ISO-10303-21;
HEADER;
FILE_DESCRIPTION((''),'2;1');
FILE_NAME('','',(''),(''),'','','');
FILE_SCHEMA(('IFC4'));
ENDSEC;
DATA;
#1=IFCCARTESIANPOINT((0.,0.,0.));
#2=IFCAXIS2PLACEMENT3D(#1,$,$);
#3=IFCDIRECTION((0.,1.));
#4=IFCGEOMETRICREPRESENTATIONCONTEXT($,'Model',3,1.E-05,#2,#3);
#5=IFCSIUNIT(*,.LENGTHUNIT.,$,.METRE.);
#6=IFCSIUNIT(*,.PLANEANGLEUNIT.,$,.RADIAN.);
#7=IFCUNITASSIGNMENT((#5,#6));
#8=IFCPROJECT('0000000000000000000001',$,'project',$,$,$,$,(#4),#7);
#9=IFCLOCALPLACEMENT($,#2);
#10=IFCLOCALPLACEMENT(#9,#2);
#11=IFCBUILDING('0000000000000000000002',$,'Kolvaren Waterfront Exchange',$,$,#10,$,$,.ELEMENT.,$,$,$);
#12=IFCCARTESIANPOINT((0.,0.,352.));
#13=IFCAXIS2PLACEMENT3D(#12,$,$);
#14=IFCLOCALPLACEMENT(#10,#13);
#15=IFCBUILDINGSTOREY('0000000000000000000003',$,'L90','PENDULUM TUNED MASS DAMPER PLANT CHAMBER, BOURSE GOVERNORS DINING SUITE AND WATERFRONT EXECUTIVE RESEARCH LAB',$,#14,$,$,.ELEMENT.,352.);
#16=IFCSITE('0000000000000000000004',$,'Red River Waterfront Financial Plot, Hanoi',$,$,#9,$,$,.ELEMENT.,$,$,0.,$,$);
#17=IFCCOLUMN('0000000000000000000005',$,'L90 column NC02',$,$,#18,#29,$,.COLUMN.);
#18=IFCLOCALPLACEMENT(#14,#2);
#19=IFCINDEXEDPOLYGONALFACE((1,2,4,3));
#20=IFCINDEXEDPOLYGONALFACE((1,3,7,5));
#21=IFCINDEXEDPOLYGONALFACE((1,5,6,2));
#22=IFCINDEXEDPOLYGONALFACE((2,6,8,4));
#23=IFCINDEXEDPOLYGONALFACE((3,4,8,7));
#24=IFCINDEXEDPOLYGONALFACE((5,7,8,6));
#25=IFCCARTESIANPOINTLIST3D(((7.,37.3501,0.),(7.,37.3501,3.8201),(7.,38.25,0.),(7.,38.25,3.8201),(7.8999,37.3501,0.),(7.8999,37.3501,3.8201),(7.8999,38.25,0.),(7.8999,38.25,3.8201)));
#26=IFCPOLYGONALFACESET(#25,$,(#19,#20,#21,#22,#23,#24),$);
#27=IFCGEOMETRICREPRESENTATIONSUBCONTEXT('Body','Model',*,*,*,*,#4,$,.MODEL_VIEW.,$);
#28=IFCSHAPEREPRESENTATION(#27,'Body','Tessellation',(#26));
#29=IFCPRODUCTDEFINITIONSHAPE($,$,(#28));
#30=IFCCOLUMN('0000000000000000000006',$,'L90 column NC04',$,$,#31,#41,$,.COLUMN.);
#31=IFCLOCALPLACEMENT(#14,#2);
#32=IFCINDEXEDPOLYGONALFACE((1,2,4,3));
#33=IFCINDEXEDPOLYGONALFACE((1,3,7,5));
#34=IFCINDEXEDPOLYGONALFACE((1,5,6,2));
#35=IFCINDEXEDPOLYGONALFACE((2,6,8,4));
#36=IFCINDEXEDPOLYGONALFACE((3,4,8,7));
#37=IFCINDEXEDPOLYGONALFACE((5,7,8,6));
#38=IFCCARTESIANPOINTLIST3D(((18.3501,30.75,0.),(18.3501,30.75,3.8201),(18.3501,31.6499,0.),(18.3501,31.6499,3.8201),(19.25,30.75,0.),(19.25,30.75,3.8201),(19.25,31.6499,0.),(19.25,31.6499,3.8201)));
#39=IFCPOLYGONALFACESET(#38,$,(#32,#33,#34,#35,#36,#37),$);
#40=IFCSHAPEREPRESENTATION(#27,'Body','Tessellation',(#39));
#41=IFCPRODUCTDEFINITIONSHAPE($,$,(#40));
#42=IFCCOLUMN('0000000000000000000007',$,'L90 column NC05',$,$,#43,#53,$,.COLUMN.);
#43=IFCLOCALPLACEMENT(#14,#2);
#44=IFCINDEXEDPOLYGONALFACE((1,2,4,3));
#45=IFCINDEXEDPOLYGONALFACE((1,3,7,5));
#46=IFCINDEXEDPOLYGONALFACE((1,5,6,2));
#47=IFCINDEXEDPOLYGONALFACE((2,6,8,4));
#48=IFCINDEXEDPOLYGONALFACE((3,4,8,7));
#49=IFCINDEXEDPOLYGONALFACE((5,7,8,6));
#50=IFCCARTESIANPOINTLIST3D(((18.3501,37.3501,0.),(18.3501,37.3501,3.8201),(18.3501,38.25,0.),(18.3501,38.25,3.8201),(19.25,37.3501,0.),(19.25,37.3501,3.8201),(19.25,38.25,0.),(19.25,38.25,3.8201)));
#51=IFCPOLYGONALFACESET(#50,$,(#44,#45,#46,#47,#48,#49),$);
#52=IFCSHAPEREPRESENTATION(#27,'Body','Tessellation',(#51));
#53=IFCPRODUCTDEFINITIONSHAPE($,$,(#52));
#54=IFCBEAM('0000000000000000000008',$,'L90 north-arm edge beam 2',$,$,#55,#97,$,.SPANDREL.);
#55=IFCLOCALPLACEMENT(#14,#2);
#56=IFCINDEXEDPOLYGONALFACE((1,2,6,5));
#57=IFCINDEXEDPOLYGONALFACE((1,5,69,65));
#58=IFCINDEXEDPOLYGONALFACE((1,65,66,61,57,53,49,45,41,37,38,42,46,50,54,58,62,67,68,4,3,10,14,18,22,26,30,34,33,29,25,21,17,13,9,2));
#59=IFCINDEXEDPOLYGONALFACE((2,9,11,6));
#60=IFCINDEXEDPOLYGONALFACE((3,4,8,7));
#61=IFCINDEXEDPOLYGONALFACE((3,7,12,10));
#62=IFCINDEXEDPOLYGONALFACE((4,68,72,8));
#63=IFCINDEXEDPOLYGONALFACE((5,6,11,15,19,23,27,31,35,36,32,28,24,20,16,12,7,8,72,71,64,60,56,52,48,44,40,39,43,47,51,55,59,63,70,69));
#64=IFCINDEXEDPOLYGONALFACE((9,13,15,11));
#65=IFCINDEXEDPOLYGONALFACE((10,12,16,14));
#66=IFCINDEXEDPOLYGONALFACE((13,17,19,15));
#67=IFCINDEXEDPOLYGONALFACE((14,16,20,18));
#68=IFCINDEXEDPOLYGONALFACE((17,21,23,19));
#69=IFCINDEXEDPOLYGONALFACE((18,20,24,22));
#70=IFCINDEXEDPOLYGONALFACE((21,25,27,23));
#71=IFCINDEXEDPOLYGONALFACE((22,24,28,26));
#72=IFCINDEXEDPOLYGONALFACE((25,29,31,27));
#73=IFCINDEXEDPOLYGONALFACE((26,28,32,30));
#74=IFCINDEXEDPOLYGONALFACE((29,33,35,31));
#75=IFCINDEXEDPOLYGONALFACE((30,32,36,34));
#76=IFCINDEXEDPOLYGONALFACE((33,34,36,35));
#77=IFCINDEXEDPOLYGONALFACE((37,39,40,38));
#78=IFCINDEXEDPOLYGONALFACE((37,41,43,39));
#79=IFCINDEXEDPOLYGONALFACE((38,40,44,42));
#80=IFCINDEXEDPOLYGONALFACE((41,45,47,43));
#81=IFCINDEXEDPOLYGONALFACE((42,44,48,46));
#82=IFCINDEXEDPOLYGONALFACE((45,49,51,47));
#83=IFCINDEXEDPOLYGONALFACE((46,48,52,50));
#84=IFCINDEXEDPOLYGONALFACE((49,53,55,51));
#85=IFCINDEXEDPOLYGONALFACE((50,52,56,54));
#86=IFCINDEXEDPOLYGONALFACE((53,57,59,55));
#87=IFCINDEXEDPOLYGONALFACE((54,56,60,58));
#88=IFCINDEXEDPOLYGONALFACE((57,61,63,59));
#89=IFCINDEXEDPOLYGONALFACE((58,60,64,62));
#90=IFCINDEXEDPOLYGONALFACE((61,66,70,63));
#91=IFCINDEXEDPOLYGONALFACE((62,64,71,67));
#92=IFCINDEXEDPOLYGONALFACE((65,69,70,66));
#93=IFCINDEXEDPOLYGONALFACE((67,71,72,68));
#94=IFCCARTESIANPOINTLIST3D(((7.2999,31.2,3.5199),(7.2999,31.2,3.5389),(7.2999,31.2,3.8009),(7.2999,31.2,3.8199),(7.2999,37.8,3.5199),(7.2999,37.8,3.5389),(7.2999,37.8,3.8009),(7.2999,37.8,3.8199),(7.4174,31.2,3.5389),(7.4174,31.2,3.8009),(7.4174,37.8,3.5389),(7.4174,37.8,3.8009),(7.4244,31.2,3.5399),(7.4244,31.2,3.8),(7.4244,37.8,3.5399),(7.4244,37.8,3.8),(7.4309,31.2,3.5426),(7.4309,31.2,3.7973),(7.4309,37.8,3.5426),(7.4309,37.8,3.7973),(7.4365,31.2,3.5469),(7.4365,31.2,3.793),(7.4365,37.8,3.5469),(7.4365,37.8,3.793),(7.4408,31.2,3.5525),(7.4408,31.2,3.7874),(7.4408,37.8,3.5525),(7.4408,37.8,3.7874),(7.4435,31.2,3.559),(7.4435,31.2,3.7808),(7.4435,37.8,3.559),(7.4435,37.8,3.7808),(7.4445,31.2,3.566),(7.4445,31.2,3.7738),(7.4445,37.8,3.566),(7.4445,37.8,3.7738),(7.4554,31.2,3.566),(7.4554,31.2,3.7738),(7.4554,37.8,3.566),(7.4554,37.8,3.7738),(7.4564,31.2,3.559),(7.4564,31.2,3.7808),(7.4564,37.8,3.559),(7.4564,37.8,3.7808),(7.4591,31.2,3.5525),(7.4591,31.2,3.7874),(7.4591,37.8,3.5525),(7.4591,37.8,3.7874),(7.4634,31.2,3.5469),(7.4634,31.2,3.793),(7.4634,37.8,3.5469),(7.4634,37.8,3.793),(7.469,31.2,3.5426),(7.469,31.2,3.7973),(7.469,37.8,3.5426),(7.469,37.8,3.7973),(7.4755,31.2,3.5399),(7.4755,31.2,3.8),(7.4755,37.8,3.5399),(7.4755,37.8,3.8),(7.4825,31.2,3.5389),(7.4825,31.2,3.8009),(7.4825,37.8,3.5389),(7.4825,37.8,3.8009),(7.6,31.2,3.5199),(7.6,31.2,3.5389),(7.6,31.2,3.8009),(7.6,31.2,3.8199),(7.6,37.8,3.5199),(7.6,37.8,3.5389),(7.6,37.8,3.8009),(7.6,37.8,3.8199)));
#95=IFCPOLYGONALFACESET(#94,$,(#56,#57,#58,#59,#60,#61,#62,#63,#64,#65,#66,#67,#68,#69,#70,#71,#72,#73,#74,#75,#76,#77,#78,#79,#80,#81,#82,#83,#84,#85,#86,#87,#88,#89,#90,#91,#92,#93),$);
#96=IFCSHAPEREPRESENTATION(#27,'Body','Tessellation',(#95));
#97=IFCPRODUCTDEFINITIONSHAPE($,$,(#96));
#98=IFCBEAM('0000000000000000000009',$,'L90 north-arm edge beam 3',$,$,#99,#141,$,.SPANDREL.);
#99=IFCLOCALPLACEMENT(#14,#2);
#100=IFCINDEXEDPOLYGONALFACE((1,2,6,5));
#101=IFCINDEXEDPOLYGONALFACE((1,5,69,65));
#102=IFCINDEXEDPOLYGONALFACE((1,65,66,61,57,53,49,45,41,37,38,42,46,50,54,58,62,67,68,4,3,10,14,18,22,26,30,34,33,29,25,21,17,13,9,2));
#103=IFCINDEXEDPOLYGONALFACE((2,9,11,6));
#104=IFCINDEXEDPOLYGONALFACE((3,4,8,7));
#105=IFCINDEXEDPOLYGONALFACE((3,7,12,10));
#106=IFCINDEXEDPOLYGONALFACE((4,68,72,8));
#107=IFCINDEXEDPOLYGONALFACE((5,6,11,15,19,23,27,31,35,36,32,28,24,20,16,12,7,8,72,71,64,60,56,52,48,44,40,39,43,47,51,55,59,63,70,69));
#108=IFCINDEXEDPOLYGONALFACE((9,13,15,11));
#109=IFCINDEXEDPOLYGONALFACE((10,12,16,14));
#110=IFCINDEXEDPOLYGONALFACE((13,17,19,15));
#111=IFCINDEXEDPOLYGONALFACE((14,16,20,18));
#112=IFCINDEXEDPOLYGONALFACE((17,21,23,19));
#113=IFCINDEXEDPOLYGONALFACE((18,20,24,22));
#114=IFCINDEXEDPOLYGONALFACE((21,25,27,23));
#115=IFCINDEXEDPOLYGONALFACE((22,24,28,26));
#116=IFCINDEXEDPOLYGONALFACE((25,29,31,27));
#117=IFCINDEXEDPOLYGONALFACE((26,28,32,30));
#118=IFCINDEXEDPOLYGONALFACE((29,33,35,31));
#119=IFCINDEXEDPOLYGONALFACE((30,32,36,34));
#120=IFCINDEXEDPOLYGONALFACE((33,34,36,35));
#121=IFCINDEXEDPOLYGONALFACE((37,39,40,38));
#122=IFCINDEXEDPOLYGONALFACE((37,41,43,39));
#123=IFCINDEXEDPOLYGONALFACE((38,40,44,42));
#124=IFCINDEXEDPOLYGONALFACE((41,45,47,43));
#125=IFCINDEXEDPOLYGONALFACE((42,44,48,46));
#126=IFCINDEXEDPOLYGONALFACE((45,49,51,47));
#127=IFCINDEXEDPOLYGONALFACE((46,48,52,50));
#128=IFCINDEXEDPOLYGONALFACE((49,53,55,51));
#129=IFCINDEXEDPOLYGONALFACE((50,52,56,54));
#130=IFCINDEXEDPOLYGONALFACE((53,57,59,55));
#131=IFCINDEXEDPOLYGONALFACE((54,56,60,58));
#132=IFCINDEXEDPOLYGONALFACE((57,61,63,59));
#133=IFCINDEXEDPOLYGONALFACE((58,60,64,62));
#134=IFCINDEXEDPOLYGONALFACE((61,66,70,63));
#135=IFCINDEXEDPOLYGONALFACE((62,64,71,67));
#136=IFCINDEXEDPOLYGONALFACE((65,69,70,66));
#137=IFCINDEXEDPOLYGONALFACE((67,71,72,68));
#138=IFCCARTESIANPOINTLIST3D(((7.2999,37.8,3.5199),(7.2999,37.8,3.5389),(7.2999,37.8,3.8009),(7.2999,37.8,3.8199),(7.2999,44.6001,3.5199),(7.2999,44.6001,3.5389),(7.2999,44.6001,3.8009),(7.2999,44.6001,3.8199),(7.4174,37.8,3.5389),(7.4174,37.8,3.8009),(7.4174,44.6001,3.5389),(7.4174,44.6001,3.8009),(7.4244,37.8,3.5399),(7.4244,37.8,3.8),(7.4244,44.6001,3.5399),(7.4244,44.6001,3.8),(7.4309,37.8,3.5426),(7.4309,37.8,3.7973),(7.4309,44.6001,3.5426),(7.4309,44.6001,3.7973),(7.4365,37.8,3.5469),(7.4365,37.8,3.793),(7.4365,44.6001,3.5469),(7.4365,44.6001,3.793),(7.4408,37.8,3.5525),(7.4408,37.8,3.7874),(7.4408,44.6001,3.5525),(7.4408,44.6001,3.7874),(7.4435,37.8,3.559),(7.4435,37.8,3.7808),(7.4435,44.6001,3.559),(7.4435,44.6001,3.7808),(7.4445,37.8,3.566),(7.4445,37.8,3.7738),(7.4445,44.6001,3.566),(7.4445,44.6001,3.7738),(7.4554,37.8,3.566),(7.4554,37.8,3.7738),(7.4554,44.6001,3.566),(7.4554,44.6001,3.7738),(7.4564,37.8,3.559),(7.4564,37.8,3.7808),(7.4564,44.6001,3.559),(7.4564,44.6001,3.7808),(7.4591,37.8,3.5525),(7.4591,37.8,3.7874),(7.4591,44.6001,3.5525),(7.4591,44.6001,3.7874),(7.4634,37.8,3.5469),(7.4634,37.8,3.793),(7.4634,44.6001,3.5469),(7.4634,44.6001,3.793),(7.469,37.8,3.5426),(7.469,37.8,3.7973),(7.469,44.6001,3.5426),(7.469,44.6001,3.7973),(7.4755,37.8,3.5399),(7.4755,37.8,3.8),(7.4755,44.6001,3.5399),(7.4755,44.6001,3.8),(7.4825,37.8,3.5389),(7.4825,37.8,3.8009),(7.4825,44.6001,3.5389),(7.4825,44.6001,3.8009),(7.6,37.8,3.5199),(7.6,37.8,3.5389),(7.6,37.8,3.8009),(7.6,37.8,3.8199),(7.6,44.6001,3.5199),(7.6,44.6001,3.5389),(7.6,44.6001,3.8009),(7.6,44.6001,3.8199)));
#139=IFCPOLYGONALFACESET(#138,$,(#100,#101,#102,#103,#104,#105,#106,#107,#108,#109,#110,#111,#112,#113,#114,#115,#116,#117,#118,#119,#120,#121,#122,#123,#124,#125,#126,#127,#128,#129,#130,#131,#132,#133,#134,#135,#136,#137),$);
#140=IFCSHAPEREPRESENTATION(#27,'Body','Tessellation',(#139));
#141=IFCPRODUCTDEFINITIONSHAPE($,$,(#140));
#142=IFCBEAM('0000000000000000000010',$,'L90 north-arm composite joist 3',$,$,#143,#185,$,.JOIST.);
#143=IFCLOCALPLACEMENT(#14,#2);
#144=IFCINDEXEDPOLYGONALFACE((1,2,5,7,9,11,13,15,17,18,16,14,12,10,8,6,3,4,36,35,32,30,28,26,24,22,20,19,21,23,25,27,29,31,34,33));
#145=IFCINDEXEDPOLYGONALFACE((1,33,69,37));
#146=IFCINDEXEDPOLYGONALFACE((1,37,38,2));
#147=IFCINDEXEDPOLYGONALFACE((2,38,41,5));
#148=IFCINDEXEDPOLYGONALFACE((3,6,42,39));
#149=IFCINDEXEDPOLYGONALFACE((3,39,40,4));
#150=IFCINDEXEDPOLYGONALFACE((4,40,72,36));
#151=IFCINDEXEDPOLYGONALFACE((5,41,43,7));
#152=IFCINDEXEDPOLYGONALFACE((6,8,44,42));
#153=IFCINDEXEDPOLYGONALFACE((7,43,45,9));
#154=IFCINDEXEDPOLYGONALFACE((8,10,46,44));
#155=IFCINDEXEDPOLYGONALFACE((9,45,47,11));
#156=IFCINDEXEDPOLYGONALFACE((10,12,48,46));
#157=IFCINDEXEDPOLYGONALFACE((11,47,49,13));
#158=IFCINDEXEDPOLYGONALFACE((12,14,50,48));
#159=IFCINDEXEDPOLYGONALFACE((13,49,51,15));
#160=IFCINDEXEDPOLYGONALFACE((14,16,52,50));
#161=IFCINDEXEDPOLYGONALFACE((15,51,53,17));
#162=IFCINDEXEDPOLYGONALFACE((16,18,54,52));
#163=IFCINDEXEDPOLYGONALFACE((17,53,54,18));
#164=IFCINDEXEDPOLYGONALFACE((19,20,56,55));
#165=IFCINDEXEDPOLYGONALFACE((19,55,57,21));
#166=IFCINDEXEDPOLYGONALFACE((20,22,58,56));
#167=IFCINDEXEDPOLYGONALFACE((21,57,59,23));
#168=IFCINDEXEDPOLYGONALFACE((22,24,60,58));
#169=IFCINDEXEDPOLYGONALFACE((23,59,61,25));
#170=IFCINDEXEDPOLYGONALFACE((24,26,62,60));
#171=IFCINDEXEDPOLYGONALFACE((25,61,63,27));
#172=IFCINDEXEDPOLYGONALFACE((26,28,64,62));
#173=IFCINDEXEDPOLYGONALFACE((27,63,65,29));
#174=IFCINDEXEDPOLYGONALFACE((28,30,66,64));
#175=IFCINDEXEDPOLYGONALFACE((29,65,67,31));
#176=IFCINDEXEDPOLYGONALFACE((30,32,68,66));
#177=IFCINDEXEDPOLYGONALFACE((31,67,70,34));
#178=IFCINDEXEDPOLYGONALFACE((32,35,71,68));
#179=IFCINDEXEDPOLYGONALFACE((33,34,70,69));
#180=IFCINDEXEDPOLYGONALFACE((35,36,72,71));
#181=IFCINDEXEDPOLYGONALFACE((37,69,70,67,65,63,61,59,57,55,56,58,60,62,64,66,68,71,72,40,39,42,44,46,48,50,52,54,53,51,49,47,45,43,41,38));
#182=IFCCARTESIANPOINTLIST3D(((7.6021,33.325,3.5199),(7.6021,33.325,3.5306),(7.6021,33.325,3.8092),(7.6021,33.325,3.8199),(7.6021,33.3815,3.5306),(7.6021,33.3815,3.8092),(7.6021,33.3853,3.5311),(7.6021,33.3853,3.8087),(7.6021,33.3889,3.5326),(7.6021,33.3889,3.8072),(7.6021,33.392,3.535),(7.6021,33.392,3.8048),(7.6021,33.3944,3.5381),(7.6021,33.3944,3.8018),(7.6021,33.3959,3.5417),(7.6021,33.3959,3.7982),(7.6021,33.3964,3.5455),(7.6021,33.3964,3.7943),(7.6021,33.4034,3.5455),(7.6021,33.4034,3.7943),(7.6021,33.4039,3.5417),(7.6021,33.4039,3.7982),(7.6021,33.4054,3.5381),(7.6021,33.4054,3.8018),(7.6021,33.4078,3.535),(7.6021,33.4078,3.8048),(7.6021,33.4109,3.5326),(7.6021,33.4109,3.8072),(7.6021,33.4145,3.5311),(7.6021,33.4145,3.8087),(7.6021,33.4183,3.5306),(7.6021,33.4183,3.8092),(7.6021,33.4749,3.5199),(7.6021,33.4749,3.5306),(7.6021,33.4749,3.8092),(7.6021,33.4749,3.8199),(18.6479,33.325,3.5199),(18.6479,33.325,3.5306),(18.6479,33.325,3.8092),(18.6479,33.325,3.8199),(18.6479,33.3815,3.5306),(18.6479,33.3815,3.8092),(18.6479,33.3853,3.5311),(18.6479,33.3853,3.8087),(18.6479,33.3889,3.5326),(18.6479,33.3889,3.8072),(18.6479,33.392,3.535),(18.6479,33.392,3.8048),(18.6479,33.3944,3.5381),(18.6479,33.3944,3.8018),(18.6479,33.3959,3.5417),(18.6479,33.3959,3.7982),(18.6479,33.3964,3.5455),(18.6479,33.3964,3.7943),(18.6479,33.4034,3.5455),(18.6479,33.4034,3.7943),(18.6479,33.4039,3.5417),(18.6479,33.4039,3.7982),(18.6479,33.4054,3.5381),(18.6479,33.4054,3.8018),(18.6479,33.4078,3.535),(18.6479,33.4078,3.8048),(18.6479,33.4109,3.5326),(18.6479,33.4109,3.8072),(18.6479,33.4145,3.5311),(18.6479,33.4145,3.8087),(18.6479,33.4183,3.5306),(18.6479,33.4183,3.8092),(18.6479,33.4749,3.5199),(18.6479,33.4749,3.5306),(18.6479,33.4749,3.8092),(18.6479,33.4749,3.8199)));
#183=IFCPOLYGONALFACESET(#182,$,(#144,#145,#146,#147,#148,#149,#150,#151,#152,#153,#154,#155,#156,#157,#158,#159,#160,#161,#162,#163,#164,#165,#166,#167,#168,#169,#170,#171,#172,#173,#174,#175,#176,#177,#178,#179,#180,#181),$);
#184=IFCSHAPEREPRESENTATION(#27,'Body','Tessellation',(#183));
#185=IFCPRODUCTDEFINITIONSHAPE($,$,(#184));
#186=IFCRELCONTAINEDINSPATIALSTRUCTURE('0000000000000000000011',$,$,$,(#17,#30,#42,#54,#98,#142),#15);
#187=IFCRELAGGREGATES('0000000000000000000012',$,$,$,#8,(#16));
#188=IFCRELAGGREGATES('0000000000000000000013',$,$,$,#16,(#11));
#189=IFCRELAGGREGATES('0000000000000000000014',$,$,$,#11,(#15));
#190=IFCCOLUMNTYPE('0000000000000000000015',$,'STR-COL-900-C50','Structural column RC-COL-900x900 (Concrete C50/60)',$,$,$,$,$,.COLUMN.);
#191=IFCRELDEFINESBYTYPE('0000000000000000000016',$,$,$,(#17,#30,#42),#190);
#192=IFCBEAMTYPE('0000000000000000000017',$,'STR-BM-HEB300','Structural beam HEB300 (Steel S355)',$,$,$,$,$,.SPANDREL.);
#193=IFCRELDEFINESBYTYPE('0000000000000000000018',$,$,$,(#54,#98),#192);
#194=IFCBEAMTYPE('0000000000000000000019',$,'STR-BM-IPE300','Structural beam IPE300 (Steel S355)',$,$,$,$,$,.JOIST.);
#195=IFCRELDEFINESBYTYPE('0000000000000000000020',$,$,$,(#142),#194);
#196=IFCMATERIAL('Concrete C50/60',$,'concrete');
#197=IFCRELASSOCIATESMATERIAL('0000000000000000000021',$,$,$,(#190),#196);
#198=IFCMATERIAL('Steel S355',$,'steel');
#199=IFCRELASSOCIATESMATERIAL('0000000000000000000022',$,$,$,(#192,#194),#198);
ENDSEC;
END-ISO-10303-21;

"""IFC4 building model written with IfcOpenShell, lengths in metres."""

from ifc_helpers import new_model, si_unit, direction, frame, origin, origin_2d, place, context, subcontext, project, spatial, rectangle, i_section, extrude, material, material_profile, profile_set, type_object, element, save


model = new_model("IFC4")

# Units and contexts
model_context = context("Model", 3, precision=1e-05, world=origin(), true_north=direction((0.0, 1.0)))
body_context = subcontext(model_context, "Body", "Model", "MODEL_VIEW")
ifc_project = project(units=[si_unit("LENGTHUNIT", "METRE"), si_unit("PLANEANGLEUNIT", "RADIAN")], contexts=[model_context])

# Site, building, storey
site_placement = place(None, origin())
site = spatial("IfcSite", under=ifc_project, at=site_placement, Name="Red River Waterfront Financial Plot, Hanoi", CompositionType="ELEMENT", RefElevation=0.0)
building_placement = place(site_placement, origin())
building = spatial("IfcBuilding", under=site, at=building_placement, Name="Kolvaren Waterfront Exchange", CompositionType="ELEMENT")
storey_placement = place(building_placement, frame((0.0, 0.0, 352.0)))
storey = spatial("IfcBuildingStorey", under=building, at=storey_placement, Name="L90", Description="PENDULUM TUNED MASS DAMPER PLANT CHAMBER, BOURSE GOVERNORS DINING SUITE AND WATERFRONT EXECUTIVE RESEARCH LAB", CompositionType="ELEMENT", Elevation=352.0)

# Columns
ifc_material_1 = material(Name="Concrete C50/60", Category="concrete")
ifc_material_profile_1 = material_profile(ifc_material_1, rectangle(XDim=0.8999, YDim=0.8999, at=origin_2d()), Name="RC-COL-900x900")
ifc_profile_set_1 = profile_set([ifc_material_profile_1], Name="Concrete C50/60")
column_type = type_object("IfcColumnType", Name="STR-COL-900-C50", Description="Structural column RC-COL-900x900 (Concrete C50/60)", PredefinedType="COLUMN", material=ifc_profile_set_1)
for number, where, z_axis, x_axis, name in (
    (1, (7.45, 37.8, 0.0), (0.0, 0.0, 1.0), (1.0, 0.0, 0.0), "L90 column NC02"),
    (2, (18.8, 31.2, 0.0), (0.0, 0.0, 1.0), (1.0, 0.0, 0.0), "L90 column NC04"),
    (3, (18.8, 37.8, 0.0), (0.0, 0.0, 1.0), (1.0, 0.0, 0.0), "L90 column NC05"),
):
    element("IfcColumn", number, at=place(storey_placement, frame(where, z_axis=z_axis, x_axis=x_axis)), inside=storey, type_object=column_type, Name=name, PredefinedType="COLUMN", context=body_context, shape_type="SweptSolid", body=[
        extrude(rectangle(XDim=0.8999, YDim=0.8999, at=origin_2d()), origin(), (0.0, 0.0, 1.0), 3.8201),
    ])

# Beams
ifc_material_2 = material(Name="Steel S355", Category="steel")
ifc_material_profile_2 = material_profile(ifc_material_2, i_section(OverallWidth=0.3, OverallDepth=0.3, WebThickness=0.011, FlangeThickness=0.019, FilletRadius=0.0271, at=origin_2d()), Name="HEB300")
ifc_profile_set_2 = profile_set([ifc_material_profile_2], Name="Steel S355")
beam_type_1 = type_object("IfcBeamType", Name="STR-BM-HEB300", Description="Structural beam HEB300 (Steel S355)", PredefinedType="SPANDREL", material=ifc_profile_set_2)
beam_1_placement = place(storey_placement, frame((7.45, 31.2, 3.6699), z_axis=(0.0, 1.0, 0.0), x_axis=(-1.0, 0.0, 0.0)))
element("IfcBeam", 4, at=beam_1_placement, inside=storey, type_object=beam_type_1, Name="L90 north-arm edge beam 2", PredefinedType="SPANDREL", context=body_context, shape_type="SweptSolid", body=[
    extrude(i_section(OverallWidth=0.3, OverallDepth=0.3, WebThickness=0.011, FlangeThickness=0.019, FilletRadius=0.0271, at=origin_2d()), origin(), (0.0, 0.0, 1.0), 6.6001),
])
beam_2_placement = place(storey_placement, frame((7.45, 37.8, 3.6699), z_axis=(0.0, 1.0, 0.0), x_axis=(-1.0, 0.0, 0.0)))
element("IfcBeam", 5, at=beam_2_placement, inside=storey, type_object=beam_type_1, Name="L90 north-arm edge beam 3", PredefinedType="SPANDREL", context=body_context, shape_type="SweptSolid", body=[
    extrude(i_section(OverallWidth=0.3, OverallDepth=0.3, WebThickness=0.011, FlangeThickness=0.019, FilletRadius=0.0271, at=origin_2d()), origin(), (0.0, 0.0, 1.0), 6.8),
])
ifc_material_profile_3 = material_profile(ifc_material_2, i_section(OverallWidth=0.1499, OverallDepth=0.3, WebThickness=0.0071, FlangeThickness=0.0107, FilletRadius=0.0149, at=origin_2d()), Name="IPE300")
ifc_profile_set_3 = profile_set([ifc_material_profile_3], Name="Steel S355")
beam_type_2 = type_object("IfcBeamType", Name="STR-BM-IPE300", Description="Structural beam IPE300 (Steel S355)", PredefinedType="JOIST", material=ifc_profile_set_3)
for number, where, z_axis, x_axis, name in (
    (6, (7.6021, 33.3999, 3.6699), (1.0, 0.0, 0.0), (0.0, 1.0, 0.0), "L90 north-arm composite joist 3"),
):
    element("IfcBeam", number, at=place(storey_placement, frame(where, z_axis=z_axis, x_axis=x_axis)), inside=storey, type_object=beam_type_2, Name=name, PredefinedType="JOIST", context=body_context, shape_type="SweptSolid", body=[
        extrude(i_section(OverallWidth=0.1499, OverallDepth=0.3, WebThickness=0.0071, FlangeThickness=0.0107, FilletRadius=0.0149, at=origin_2d()), origin(), (0.0, 0.0, 1.0), 11.0459),
    ])

save(model, "model.ifc")
